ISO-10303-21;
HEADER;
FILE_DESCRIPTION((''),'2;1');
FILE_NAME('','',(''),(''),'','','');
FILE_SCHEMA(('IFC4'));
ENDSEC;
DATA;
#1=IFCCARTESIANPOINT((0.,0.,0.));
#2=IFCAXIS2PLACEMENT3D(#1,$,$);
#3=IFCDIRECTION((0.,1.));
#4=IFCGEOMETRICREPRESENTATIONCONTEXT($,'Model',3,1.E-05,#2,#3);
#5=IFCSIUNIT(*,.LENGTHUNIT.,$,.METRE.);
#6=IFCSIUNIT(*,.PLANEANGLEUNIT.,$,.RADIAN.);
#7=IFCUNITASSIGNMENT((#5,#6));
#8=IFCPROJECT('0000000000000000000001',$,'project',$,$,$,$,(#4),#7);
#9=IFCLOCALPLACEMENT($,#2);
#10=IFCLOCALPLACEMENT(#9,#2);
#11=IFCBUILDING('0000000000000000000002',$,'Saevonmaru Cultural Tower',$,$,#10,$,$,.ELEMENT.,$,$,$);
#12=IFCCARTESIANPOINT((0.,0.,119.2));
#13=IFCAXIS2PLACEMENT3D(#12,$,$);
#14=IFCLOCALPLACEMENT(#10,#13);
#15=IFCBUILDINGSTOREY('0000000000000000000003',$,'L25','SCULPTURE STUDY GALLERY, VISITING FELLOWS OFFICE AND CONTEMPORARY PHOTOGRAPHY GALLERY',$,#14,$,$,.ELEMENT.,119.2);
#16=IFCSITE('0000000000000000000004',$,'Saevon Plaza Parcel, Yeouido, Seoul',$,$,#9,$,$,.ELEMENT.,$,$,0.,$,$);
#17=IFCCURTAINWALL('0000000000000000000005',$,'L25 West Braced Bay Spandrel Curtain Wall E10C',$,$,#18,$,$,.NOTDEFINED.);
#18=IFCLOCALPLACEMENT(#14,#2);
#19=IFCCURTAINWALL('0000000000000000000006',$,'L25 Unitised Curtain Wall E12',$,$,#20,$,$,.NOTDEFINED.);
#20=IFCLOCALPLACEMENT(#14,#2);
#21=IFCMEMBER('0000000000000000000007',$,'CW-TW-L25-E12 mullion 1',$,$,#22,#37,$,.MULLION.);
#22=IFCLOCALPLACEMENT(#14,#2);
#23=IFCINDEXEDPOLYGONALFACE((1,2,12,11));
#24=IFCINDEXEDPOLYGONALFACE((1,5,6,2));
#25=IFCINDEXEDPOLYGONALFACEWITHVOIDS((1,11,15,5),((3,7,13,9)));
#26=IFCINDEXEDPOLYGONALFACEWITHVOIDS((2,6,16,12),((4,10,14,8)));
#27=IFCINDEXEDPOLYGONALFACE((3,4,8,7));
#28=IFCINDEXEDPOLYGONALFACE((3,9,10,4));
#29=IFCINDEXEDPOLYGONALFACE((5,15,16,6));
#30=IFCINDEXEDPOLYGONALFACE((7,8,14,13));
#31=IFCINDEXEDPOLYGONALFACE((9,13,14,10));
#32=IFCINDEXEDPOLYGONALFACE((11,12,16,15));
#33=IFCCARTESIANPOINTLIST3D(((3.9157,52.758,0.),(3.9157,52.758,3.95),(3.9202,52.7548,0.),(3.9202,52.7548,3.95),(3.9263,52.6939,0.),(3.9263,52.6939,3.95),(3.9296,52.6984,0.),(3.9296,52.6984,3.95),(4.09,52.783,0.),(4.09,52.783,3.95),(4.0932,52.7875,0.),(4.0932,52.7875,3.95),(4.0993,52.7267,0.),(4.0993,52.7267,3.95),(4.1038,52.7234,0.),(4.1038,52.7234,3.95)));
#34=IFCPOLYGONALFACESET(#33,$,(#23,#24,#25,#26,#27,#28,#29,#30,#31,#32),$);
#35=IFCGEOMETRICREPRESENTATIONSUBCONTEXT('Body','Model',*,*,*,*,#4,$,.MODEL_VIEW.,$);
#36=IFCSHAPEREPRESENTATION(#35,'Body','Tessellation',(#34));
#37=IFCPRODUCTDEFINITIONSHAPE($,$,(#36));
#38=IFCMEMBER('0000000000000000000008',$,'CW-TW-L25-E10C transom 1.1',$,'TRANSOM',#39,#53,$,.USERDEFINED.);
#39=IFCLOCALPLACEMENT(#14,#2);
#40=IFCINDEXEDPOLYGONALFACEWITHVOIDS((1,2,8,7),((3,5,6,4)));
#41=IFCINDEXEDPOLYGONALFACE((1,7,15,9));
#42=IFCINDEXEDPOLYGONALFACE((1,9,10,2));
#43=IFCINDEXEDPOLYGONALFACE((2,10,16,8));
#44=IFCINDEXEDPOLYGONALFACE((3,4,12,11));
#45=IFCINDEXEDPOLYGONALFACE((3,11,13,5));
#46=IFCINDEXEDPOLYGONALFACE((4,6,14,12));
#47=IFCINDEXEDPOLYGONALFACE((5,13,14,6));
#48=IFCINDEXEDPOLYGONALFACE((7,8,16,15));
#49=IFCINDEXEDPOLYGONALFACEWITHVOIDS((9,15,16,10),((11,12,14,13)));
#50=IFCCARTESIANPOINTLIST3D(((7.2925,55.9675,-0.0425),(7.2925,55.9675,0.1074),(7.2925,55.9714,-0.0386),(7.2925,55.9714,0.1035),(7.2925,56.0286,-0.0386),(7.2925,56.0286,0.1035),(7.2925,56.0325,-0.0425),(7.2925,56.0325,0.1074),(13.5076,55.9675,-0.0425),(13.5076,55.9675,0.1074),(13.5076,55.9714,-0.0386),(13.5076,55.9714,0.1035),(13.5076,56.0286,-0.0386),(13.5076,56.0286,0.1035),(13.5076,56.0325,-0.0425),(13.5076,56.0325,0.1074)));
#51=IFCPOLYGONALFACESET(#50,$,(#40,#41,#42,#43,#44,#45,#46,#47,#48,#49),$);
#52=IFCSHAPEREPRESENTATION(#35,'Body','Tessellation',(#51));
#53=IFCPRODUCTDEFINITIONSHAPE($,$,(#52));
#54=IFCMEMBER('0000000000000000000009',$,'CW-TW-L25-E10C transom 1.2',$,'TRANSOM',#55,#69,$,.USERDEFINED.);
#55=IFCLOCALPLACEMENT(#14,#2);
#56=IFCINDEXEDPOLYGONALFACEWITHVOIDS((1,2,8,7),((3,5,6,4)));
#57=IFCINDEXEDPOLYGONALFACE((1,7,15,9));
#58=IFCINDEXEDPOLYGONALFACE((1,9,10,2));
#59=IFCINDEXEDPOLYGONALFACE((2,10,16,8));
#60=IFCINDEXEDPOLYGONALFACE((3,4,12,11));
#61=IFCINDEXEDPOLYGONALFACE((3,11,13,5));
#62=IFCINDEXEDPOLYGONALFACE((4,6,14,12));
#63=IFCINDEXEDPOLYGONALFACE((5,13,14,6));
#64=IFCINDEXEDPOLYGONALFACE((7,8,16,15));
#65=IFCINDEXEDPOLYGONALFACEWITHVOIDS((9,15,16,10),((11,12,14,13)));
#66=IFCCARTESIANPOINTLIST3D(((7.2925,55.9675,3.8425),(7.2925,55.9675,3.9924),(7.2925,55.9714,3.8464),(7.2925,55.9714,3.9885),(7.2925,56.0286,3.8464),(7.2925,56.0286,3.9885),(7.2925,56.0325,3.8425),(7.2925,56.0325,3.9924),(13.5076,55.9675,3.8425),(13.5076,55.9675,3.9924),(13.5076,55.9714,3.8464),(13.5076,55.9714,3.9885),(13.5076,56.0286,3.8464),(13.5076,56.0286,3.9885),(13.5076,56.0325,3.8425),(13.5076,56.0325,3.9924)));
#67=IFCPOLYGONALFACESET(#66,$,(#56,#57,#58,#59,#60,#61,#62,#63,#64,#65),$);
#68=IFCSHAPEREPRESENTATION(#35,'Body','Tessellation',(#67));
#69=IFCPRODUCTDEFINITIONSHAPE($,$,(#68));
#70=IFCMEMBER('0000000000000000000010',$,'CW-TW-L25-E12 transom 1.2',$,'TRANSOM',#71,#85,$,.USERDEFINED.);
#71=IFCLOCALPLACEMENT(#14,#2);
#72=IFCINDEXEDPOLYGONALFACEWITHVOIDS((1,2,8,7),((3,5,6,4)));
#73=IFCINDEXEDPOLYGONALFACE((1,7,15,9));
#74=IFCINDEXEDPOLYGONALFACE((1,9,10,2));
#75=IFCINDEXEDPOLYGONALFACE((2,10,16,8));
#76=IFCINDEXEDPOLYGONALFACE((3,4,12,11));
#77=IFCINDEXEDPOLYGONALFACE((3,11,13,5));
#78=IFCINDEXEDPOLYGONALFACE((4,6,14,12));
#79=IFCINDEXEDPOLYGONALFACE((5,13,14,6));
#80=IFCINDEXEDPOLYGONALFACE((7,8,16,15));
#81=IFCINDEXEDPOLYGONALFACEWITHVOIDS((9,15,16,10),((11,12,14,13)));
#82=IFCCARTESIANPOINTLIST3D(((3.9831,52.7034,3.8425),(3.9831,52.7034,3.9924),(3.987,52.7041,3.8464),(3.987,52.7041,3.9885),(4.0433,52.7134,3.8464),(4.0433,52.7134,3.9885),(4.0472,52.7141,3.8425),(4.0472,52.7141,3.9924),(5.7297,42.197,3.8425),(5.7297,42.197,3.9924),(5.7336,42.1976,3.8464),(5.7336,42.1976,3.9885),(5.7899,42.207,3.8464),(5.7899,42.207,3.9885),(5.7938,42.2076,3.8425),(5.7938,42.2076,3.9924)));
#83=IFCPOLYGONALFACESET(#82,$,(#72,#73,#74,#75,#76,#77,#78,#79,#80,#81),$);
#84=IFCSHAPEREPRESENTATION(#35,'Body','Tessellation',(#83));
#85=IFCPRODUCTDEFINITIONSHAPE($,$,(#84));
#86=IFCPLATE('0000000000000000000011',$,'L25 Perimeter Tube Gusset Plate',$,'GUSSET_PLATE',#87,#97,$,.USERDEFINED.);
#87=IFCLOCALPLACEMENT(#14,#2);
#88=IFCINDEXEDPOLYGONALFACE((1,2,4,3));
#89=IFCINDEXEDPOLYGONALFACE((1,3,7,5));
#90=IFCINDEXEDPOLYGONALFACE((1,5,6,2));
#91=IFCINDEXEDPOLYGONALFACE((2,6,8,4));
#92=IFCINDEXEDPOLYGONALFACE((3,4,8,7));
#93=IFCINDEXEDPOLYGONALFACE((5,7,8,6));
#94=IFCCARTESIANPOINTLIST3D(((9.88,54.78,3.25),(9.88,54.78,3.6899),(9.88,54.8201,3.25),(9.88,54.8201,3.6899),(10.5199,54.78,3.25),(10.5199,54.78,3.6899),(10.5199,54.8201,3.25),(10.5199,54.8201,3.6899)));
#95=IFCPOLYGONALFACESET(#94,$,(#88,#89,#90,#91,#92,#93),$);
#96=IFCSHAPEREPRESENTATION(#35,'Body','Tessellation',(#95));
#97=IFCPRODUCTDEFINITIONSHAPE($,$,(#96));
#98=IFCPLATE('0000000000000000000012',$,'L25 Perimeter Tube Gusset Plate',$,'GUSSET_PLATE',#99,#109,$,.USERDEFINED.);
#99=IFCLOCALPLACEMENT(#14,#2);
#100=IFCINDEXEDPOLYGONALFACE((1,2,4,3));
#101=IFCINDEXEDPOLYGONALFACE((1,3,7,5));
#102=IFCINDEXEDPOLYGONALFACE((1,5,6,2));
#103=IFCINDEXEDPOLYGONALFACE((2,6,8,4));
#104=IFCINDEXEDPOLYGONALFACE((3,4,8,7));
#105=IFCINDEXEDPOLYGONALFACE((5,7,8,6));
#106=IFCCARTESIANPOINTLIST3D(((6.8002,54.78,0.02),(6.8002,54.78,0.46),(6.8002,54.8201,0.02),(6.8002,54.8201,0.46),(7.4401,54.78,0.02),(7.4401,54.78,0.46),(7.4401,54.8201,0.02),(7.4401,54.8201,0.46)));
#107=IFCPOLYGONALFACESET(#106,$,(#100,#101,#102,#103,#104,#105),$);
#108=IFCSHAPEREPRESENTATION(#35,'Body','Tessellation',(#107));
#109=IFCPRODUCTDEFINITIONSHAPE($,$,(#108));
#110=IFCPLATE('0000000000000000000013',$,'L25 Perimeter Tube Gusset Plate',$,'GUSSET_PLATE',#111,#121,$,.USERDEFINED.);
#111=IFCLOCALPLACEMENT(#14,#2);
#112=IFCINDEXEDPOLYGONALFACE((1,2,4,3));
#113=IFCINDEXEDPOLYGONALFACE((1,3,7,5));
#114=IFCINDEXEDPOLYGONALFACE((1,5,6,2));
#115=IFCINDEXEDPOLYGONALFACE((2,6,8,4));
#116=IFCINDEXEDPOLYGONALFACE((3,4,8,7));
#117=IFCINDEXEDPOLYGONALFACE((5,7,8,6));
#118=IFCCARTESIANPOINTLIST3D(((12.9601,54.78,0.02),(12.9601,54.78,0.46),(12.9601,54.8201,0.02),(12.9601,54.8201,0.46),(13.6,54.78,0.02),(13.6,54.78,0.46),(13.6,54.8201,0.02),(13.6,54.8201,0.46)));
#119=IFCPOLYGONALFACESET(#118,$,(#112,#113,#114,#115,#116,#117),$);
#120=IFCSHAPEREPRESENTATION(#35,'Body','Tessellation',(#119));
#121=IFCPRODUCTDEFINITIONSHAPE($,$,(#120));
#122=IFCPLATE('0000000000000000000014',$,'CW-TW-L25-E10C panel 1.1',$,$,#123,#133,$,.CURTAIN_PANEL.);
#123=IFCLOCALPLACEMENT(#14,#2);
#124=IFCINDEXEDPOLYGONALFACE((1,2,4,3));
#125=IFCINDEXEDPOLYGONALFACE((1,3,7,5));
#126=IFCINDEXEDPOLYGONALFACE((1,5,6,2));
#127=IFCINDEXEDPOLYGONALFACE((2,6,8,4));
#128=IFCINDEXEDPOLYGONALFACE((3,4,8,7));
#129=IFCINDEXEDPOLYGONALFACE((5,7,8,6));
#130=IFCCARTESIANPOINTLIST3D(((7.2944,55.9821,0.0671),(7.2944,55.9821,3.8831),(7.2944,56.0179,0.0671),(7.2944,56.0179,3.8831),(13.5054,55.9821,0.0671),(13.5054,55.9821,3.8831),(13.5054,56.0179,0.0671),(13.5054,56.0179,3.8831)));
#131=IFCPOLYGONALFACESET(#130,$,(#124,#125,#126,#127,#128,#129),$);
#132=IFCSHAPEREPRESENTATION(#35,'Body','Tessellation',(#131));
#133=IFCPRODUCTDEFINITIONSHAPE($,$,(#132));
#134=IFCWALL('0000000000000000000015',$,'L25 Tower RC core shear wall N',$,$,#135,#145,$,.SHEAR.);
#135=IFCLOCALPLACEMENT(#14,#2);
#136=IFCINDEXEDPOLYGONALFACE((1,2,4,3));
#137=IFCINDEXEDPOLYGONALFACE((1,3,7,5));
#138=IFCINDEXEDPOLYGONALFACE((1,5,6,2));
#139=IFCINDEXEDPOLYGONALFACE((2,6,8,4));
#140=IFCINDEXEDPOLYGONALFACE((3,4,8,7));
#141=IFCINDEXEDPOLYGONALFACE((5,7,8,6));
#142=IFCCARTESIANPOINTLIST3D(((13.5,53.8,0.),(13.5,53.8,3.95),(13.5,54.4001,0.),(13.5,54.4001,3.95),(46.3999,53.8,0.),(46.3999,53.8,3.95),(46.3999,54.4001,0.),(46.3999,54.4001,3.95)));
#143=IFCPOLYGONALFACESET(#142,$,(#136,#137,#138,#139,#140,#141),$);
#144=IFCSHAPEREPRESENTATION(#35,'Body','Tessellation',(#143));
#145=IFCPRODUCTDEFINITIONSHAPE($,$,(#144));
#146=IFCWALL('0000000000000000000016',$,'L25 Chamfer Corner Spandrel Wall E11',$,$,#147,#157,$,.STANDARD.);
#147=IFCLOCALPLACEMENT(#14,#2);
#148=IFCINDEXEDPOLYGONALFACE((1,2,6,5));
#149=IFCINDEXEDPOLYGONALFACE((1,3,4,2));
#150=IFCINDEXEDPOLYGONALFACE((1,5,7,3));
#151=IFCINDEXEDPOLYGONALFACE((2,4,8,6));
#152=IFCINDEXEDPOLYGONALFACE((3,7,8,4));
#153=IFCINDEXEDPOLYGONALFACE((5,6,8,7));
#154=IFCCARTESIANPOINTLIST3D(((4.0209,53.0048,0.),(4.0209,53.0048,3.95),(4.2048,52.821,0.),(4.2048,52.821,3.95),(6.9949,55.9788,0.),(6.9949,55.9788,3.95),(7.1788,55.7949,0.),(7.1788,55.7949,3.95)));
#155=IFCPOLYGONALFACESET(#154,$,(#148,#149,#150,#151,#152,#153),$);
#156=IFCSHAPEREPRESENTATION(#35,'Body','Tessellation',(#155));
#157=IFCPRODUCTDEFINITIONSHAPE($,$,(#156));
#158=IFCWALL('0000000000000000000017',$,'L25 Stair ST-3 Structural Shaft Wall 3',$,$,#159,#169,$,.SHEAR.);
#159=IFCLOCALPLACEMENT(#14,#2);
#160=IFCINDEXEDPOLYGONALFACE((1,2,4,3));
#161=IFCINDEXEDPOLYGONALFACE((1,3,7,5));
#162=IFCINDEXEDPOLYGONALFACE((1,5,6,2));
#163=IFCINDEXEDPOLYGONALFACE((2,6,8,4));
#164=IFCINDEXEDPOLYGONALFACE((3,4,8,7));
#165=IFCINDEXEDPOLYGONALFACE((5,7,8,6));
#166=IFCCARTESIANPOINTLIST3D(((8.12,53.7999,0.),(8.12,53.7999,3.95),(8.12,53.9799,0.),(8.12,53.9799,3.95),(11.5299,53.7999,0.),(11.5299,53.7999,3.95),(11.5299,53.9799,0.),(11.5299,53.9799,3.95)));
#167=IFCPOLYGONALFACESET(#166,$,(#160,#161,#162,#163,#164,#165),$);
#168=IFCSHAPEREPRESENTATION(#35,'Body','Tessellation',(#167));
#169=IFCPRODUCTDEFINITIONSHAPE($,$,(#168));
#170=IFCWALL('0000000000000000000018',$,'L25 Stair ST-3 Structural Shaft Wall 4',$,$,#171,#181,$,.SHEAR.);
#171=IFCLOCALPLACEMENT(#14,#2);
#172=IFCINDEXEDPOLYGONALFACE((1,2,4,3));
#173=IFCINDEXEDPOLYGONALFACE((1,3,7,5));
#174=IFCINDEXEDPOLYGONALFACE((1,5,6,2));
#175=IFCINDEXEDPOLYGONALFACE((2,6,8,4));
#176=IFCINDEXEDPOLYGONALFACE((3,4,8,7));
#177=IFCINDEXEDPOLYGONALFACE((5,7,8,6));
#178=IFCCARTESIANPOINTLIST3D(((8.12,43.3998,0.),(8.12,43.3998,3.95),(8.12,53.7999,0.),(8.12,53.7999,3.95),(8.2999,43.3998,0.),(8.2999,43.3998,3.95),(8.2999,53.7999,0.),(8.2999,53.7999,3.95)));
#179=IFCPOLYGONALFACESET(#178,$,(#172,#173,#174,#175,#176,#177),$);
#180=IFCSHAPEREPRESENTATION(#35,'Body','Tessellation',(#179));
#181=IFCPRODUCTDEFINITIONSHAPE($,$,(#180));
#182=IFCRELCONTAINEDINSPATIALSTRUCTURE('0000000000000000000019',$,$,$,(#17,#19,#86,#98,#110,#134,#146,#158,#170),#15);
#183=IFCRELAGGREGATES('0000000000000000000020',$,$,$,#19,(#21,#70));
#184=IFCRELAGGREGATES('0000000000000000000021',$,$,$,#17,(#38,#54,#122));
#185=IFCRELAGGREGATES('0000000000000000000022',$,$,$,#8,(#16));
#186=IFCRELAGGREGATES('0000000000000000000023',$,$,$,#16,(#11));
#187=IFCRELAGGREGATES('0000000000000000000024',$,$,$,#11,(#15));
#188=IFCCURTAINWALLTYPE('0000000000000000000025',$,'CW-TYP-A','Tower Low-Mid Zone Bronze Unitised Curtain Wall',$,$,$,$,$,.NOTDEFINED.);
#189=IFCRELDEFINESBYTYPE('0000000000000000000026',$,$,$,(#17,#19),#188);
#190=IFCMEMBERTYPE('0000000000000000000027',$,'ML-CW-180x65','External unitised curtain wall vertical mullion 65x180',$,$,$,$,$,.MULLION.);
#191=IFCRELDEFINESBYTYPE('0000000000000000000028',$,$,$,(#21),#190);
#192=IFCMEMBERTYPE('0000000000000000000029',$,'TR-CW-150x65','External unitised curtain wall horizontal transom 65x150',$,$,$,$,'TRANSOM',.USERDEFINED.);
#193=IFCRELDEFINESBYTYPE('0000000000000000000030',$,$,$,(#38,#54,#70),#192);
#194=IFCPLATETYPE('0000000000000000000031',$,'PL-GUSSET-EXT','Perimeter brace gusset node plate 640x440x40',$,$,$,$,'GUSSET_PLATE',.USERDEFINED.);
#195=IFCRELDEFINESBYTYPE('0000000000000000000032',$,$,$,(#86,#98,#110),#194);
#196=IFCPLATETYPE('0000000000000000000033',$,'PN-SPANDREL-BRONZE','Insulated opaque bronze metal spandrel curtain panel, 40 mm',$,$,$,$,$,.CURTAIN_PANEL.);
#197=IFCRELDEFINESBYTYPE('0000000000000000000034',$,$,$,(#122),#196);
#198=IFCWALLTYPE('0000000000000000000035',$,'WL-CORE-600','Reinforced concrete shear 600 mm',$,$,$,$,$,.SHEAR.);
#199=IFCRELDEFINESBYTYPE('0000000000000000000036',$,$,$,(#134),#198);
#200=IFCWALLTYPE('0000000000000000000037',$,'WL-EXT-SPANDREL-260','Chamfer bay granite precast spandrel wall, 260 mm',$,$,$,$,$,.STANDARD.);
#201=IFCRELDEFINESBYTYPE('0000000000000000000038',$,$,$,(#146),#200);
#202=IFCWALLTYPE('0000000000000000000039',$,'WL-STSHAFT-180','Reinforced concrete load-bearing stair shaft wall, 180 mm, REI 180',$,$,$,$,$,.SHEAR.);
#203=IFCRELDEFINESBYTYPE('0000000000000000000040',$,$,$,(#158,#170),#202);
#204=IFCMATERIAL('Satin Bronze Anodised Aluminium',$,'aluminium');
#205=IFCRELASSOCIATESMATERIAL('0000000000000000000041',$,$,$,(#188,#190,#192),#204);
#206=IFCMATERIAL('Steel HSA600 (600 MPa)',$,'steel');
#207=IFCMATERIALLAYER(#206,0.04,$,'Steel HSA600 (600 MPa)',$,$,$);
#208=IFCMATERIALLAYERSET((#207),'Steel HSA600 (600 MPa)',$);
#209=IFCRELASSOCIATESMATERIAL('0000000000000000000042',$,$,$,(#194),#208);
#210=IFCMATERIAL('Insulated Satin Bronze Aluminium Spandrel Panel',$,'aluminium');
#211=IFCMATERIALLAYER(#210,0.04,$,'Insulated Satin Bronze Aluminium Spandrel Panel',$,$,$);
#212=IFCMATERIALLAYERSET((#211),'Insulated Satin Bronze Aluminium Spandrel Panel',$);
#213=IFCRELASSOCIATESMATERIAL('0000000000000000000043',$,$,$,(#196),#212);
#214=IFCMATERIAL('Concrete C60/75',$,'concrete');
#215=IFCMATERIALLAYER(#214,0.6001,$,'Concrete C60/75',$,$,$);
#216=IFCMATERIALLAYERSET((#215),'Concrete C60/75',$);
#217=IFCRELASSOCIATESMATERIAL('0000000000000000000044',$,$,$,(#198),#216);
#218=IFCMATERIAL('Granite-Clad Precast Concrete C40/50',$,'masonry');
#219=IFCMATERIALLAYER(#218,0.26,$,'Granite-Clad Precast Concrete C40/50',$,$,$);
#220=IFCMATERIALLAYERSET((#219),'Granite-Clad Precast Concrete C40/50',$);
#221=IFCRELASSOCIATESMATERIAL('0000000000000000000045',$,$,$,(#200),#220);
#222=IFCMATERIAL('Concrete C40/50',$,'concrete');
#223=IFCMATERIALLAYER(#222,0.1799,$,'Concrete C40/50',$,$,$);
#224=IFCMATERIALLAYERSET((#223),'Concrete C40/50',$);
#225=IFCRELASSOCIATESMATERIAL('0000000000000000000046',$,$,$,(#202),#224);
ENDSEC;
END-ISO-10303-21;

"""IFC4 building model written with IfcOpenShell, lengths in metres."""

from ifc_helpers import new_model, si_unit, direction, frame, frame_2d, origin, origin_2d, place, context, subcontext, project, spatial, rectangle, hollow_rectangle, extrude, material, layer, layer_set, material_profile, profile_set, type_object, element, aggregate, save


model = new_model("IFC4")

# Units and contexts
model_context = context("Model", 3, precision=1e-05, world=origin(), true_north=direction((0.0, 1.0)))
body_context = subcontext(model_context, "Body", "Model", "MODEL_VIEW")
ifc_project = project(units=[si_unit("LENGTHUNIT", "METRE"), si_unit("PLANEANGLEUNIT", "RADIAN")], contexts=[model_context])

# Site, building, storey
site_placement = place(None, origin())
site = spatial("IfcSite", under=ifc_project, at=site_placement, Name="Saevon Plaza Parcel, Yeouido, Seoul", CompositionType="ELEMENT", RefElevation=0.0)
building_placement = place(site_placement, origin())
building = spatial("IfcBuilding", under=site, at=building_placement, Name="Saevonmaru Cultural Tower", CompositionType="ELEMENT")
storey_placement = place(building_placement, frame((0.0, 0.0, 119.2)))
storey = spatial("IfcBuildingStorey", under=building, at=storey_placement, Name="L25", Description="SCULPTURE STUDY GALLERY, VISITING FELLOWS OFFICE AND CONTEMPORARY PHOTOGRAPHY GALLERY", CompositionType="ELEMENT", Elevation=119.2)

# Shared definitions
ifc_material_1 = material(Name="Steel HSA600 (600 MPa)", Category="steel")

# Shared definitions
ifc_material_2 = material(Name="Satin Bronze Anodised Aluminium", Category="aluminium")
curtain_wall_type = type_object("IfcCurtainWallType", Name="CW-TYP-A", Description="Tower Low-Mid Zone Bronze Unitised Curtain Wall", PredefinedType="NOTDEFINED", material=ifc_material_2)
ifc_material_profile_1 = material_profile(ifc_material_2, hollow_rectangle(XDim=0.0649, YDim=0.1799, WallThickness=0.0039, at=origin_2d()), Name="ALU-MULL-180x65x4")
ifc_profile_set_1 = profile_set([ifc_material_profile_1], Name="Satin Bronze Anodised Aluminium")
member_type_1 = type_object("IfcMemberType", Name="ML-CW-180x65", Description="External unitised curtain wall vertical mullion 65x180", PredefinedType="MULLION", material=ifc_profile_set_1)

# Curtain wall
curtain_wall_1_placement = place(storey_placement, origin())
curtain_wall_1 = element("IfcCurtainWall", 1, at=curtain_wall_1_placement, inside=storey, type_object=curtain_wall_type, Name="L25 West Braced Bay Spandrel Curtain Wall E10C", PredefinedType="NOTDEFINED")

# Curtain wall, member
curtain_wall_2_placement = place(storey_placement, origin())
curtain_wall_2 = element("IfcCurtainWall", 2, at=curtain_wall_2_placement, inside=storey, type_object=curtain_wall_type, Name="L25 Unitised Curtain Wall E12", PredefinedType="NOTDEFINED")
member_1_placement = place(storey_placement, frame((4.0098, 52.7407, 0.0), z_axis=(0.0, 0.0, 1.0), x_axis=(0.163999, -0.986461, 0.0)))
member_1 = element("IfcMember", 3, at=member_1_placement, type_object=member_type_1, Name="CW-TW-L25-E12 mullion 1", PredefinedType="MULLION", context=body_context, shape_type="SweptSolid", body=[
    extrude(hollow_rectangle(XDim=0.0649, YDim=0.1799, WallThickness=0.0039, at=origin_2d()), origin(), (0.0, 0.0, 1.0), 3.95),
])

# Members
ifc_material_profile_2 = material_profile(ifc_material_2, hollow_rectangle(XDim=0.0649, YDim=0.1499, WallThickness=0.0039, at=origin_2d()), Name="ALU-TRAN-150x65x4")
ifc_profile_set_2 = profile_set([ifc_material_profile_2], Name="Satin Bronze Anodised Aluminium")
member_type_2 = type_object("IfcMemberType", Name="TR-CW-150x65", Description="External unitised curtain wall horizontal transom 65x150", ElementType="TRANSOM", PredefinedType="USERDEFINED", material=ifc_profile_set_2)
member_2_placement = place(storey_placement, frame((13.5076, 56.0, 0.0325), z_axis=(-1.0, 0.0, 0.0), x_axis=(0.0, -1.0, 0.0)))
member_2 = element("IfcMember", 4, at=member_2_placement, type_object=member_type_2, Name="CW-TW-L25-E10C transom 1.1", ObjectType="TRANSOM", PredefinedType="USERDEFINED", context=body_context, shape_type="SweptSolid", body=[
    extrude(hollow_rectangle(XDim=0.0649, YDim=0.1499, WallThickness=0.0039, at=origin_2d()), origin(), (0.0, 0.0, 1.0), 6.2151),
])
member_3_placement = place(storey_placement, frame((13.5076, 56.0, 3.9175), z_axis=(-1.0, 0.0, 0.0), x_axis=(0.0, -1.0, 0.0)))
member_3 = element("IfcMember", 5, at=member_3_placement, type_object=member_type_2, Name="CW-TW-L25-E10C transom 1.2", ObjectType="TRANSOM", PredefinedType="USERDEFINED", context=body_context, shape_type="SweptSolid", body=[
    extrude(hollow_rectangle(XDim=0.0649, YDim=0.1499, WallThickness=0.0039, at=origin_2d()), origin(), (0.0, 0.0, 1.0), 6.2151),
])
member_4_placement = place(storey_placement, frame((4.0151, 52.7087, 3.9175), z_axis=(0.16399, -0.986462, 0.0), x_axis=(0.986462, 0.16399, 0.0)))
member_4 = element("IfcMember", 6, at=member_4_placement, type_object=member_type_2, Name="CW-TW-L25-E12 transom 1.2", ObjectType="TRANSOM", PredefinedType="USERDEFINED", context=body_context, shape_type="SweptSolid", body=[
    extrude(hollow_rectangle(XDim=0.0649, YDim=0.1499, WallThickness=0.0039, at=origin_2d()), origin(), (0.0, 0.0, 1.0), 10.6506),
])
aggregate(curtain_wall_2, [member_1, member_4])

# Plates
ifc_layer_1 = layer(ifc_material_1, 0.04, Name="Steel HSA600 (600 MPa)")
ifc_layer_set_1 = layer_set([ifc_layer_1], Name="Steel HSA600 (600 MPa)")
plate_type_1 = type_object("IfcPlateType", Name="PL-GUSSET-EXT", Description="Perimeter brace gusset node plate 640x440x40", ElementType="GUSSET_PLATE", PredefinedType="USERDEFINED", material=ifc_layer_set_1)
for number, where, z_axis, x_axis, name in (
    (7, (10.2, 54.8, 3.25), (0.0, 0.0, 1.0), (1.0, 0.0, 0.0), "L25 Perimeter Tube Gusset Plate"),
    (8, (7.1201, 54.8, 0.02), (0.0, 0.0, 1.0), (1.0, 0.0, 0.0), "L25 Perimeter Tube Gusset Plate"),
    (9, (13.28, 54.8, 0.02), (0.0, 0.0, 1.0), (1.0, 0.0, 0.0), "L25 Perimeter Tube Gusset Plate"),
):
    element("IfcPlate", number, at=place(storey_placement, frame(where, z_axis=z_axis, x_axis=x_axis)), inside=storey, type_object=plate_type_1, Name=name, ObjectType="GUSSET_PLATE", PredefinedType="USERDEFINED", context=body_context, shape_type="SweptSolid", body=[
        extrude(rectangle(XDim=0.6399, YDim=0.04, at=origin_2d()), origin(), (0.0, 0.0, 1.0), 0.4399),
    ])

# Plate
ifc_material_3 = material(Name="Insulated Satin Bronze Aluminium Spandrel Panel", Category="aluminium")
ifc_layer_2 = layer(ifc_material_3, 0.04, Name="Insulated Satin Bronze Aluminium Spandrel Panel")
ifc_layer_set_2 = layer_set([ifc_layer_2], Name="Insulated Satin Bronze Aluminium Spandrel Panel")
plate_type_2 = type_object("IfcPlateType", Name="PN-SPANDREL-BRONZE", Description="Insulated opaque bronze metal spandrel curtain panel, 40 mm", PredefinedType="CURTAIN_PANEL", material=ifc_layer_set_2)
plate_placement = place(storey_placement, frame((10.3999, 56.0, 0.0671), z_axis=(0.0, 0.0, 1.0), x_axis=(-1.0, 0.0, 0.0)))
plate = element("IfcPlate", 10, at=plate_placement, type_object=plate_type_2, Name="CW-TW-L25-E10C panel 1.1", PredefinedType="CURTAIN_PANEL", context=body_context, shape_type="SweptSolid", body=[
    extrude(rectangle(XDim=6.2109, YDim=0.0359, at=origin_2d()), origin(), (0.0, 0.0, 1.0), 3.8159),
])
aggregate(curtain_wall_1, [member_2, member_3, plate])

# Walls
ifc_material_4 = material(Name="Concrete C60/75", Category="concrete")
ifc_layer_3 = layer(ifc_material_4, 0.6001, Name="Concrete C60/75")
ifc_layer_set_3 = layer_set([ifc_layer_3], Name="Concrete C60/75")
wall_type_1 = type_object("IfcWallType", Name="WL-CORE-600", Description="Reinforced concrete shear 600 mm", PredefinedType="SHEAR", material=ifc_layer_set_3)
wall_1_placement = place(storey_placement, frame((13.5, 54.1001, 0.0), z_axis=(0.0, 0.0, 1.0), x_axis=(1.0, 0.0, 0.0)))
element("IfcWall", 11, at=wall_1_placement, inside=storey, type_object=wall_type_1, Name="L25 Tower RC core shear wall N", PredefinedType="SHEAR", context=body_context, shape_type="SweptSolid", body=[
    extrude(rectangle(XDim=32.8999, YDim=0.6001, at=frame_2d((16.45, 0.0))), origin(), (0.0, 0.0, 1.0), 3.95),
])
ifc_material_5 = material(Name="Granite-Clad Precast Concrete C40/50", Category="masonry")
ifc_layer_4 = layer(ifc_material_5, 0.26, Name="Granite-Clad Precast Concrete C40/50")
ifc_layer_set_4 = layer_set([ifc_layer_4], Name="Granite-Clad Precast Concrete C40/50")
wall_type_2 = type_object("IfcWallType", Name="WL-EXT-SPANDREL-260", Description="Chamfer bay granite precast spandrel wall, 260 mm", PredefinedType="STANDARD", material=ifc_layer_set_4)
wall_2_placement = place(storey_placement, frame((7.0869, 55.887, 0.0), z_axis=(0.0, 0.0, 1.0), x_axis=(-0.707107, -0.707107, 0.0)))
element("IfcWall", 12, at=wall_2_placement, inside=storey, type_object=wall_type_2, Name="L25 Chamfer Corner Spandrel Wall E11", PredefinedType="STANDARD", context=body_context, shape_type="SweptSolid", body=[
    extrude(rectangle(XDim=4.2058, YDim=0.26, at=frame_2d((2.103, 0.0))), origin(), (0.0, 0.0, 1.0), 3.95),
])
ifc_material_6 = material(Name="Concrete C40/50", Category="concrete")
ifc_layer_5 = layer(ifc_material_6, 0.1799, Name="Concrete C40/50")
ifc_layer_set_5 = layer_set([ifc_layer_5], Name="Concrete C40/50")
wall_type_3 = type_object("IfcWallType", Name="WL-STSHAFT-180", Description="Reinforced concrete load-bearing stair shaft wall, 180 mm, REI 180", PredefinedType="SHEAR", material=ifc_layer_set_5)
wall_3_placement = place(storey_placement, frame((11.53, 53.8899, 0.0), z_axis=(0.0, 0.0, 1.0), x_axis=(-1.0, 0.0, 0.0)))
element("IfcWall", 13, at=wall_3_placement, inside=storey, type_object=wall_type_3, Name="L25 Stair ST-3 Structural Shaft Wall 3", PredefinedType="SHEAR", context=body_context, shape_type="SweptSolid", body=[
    extrude(rectangle(XDim=3.4099, YDim=0.1799, at=frame_2d((1.7051, 0.0))), origin(), (0.0, 0.0, 1.0), 3.95),
])
wall_4_placement = place(storey_placement, frame((8.21, 53.8, 0.0), z_axis=(0.0, 0.0, 1.0), x_axis=(0.0, -1.0, 0.0)))
element("IfcWall", 14, at=wall_4_placement, inside=storey, type_object=wall_type_3, Name="L25 Stair ST-3 Structural Shaft Wall 4", PredefinedType="SHEAR", context=body_context, shape_type="SweptSolid", body=[
    extrude(rectangle(XDim=10.4001, YDim=0.1799, at=frame_2d((5.2002, 0.0))), origin(), (0.0, 0.0, 1.0), 3.95),
])

save(model, "model.ifc")
